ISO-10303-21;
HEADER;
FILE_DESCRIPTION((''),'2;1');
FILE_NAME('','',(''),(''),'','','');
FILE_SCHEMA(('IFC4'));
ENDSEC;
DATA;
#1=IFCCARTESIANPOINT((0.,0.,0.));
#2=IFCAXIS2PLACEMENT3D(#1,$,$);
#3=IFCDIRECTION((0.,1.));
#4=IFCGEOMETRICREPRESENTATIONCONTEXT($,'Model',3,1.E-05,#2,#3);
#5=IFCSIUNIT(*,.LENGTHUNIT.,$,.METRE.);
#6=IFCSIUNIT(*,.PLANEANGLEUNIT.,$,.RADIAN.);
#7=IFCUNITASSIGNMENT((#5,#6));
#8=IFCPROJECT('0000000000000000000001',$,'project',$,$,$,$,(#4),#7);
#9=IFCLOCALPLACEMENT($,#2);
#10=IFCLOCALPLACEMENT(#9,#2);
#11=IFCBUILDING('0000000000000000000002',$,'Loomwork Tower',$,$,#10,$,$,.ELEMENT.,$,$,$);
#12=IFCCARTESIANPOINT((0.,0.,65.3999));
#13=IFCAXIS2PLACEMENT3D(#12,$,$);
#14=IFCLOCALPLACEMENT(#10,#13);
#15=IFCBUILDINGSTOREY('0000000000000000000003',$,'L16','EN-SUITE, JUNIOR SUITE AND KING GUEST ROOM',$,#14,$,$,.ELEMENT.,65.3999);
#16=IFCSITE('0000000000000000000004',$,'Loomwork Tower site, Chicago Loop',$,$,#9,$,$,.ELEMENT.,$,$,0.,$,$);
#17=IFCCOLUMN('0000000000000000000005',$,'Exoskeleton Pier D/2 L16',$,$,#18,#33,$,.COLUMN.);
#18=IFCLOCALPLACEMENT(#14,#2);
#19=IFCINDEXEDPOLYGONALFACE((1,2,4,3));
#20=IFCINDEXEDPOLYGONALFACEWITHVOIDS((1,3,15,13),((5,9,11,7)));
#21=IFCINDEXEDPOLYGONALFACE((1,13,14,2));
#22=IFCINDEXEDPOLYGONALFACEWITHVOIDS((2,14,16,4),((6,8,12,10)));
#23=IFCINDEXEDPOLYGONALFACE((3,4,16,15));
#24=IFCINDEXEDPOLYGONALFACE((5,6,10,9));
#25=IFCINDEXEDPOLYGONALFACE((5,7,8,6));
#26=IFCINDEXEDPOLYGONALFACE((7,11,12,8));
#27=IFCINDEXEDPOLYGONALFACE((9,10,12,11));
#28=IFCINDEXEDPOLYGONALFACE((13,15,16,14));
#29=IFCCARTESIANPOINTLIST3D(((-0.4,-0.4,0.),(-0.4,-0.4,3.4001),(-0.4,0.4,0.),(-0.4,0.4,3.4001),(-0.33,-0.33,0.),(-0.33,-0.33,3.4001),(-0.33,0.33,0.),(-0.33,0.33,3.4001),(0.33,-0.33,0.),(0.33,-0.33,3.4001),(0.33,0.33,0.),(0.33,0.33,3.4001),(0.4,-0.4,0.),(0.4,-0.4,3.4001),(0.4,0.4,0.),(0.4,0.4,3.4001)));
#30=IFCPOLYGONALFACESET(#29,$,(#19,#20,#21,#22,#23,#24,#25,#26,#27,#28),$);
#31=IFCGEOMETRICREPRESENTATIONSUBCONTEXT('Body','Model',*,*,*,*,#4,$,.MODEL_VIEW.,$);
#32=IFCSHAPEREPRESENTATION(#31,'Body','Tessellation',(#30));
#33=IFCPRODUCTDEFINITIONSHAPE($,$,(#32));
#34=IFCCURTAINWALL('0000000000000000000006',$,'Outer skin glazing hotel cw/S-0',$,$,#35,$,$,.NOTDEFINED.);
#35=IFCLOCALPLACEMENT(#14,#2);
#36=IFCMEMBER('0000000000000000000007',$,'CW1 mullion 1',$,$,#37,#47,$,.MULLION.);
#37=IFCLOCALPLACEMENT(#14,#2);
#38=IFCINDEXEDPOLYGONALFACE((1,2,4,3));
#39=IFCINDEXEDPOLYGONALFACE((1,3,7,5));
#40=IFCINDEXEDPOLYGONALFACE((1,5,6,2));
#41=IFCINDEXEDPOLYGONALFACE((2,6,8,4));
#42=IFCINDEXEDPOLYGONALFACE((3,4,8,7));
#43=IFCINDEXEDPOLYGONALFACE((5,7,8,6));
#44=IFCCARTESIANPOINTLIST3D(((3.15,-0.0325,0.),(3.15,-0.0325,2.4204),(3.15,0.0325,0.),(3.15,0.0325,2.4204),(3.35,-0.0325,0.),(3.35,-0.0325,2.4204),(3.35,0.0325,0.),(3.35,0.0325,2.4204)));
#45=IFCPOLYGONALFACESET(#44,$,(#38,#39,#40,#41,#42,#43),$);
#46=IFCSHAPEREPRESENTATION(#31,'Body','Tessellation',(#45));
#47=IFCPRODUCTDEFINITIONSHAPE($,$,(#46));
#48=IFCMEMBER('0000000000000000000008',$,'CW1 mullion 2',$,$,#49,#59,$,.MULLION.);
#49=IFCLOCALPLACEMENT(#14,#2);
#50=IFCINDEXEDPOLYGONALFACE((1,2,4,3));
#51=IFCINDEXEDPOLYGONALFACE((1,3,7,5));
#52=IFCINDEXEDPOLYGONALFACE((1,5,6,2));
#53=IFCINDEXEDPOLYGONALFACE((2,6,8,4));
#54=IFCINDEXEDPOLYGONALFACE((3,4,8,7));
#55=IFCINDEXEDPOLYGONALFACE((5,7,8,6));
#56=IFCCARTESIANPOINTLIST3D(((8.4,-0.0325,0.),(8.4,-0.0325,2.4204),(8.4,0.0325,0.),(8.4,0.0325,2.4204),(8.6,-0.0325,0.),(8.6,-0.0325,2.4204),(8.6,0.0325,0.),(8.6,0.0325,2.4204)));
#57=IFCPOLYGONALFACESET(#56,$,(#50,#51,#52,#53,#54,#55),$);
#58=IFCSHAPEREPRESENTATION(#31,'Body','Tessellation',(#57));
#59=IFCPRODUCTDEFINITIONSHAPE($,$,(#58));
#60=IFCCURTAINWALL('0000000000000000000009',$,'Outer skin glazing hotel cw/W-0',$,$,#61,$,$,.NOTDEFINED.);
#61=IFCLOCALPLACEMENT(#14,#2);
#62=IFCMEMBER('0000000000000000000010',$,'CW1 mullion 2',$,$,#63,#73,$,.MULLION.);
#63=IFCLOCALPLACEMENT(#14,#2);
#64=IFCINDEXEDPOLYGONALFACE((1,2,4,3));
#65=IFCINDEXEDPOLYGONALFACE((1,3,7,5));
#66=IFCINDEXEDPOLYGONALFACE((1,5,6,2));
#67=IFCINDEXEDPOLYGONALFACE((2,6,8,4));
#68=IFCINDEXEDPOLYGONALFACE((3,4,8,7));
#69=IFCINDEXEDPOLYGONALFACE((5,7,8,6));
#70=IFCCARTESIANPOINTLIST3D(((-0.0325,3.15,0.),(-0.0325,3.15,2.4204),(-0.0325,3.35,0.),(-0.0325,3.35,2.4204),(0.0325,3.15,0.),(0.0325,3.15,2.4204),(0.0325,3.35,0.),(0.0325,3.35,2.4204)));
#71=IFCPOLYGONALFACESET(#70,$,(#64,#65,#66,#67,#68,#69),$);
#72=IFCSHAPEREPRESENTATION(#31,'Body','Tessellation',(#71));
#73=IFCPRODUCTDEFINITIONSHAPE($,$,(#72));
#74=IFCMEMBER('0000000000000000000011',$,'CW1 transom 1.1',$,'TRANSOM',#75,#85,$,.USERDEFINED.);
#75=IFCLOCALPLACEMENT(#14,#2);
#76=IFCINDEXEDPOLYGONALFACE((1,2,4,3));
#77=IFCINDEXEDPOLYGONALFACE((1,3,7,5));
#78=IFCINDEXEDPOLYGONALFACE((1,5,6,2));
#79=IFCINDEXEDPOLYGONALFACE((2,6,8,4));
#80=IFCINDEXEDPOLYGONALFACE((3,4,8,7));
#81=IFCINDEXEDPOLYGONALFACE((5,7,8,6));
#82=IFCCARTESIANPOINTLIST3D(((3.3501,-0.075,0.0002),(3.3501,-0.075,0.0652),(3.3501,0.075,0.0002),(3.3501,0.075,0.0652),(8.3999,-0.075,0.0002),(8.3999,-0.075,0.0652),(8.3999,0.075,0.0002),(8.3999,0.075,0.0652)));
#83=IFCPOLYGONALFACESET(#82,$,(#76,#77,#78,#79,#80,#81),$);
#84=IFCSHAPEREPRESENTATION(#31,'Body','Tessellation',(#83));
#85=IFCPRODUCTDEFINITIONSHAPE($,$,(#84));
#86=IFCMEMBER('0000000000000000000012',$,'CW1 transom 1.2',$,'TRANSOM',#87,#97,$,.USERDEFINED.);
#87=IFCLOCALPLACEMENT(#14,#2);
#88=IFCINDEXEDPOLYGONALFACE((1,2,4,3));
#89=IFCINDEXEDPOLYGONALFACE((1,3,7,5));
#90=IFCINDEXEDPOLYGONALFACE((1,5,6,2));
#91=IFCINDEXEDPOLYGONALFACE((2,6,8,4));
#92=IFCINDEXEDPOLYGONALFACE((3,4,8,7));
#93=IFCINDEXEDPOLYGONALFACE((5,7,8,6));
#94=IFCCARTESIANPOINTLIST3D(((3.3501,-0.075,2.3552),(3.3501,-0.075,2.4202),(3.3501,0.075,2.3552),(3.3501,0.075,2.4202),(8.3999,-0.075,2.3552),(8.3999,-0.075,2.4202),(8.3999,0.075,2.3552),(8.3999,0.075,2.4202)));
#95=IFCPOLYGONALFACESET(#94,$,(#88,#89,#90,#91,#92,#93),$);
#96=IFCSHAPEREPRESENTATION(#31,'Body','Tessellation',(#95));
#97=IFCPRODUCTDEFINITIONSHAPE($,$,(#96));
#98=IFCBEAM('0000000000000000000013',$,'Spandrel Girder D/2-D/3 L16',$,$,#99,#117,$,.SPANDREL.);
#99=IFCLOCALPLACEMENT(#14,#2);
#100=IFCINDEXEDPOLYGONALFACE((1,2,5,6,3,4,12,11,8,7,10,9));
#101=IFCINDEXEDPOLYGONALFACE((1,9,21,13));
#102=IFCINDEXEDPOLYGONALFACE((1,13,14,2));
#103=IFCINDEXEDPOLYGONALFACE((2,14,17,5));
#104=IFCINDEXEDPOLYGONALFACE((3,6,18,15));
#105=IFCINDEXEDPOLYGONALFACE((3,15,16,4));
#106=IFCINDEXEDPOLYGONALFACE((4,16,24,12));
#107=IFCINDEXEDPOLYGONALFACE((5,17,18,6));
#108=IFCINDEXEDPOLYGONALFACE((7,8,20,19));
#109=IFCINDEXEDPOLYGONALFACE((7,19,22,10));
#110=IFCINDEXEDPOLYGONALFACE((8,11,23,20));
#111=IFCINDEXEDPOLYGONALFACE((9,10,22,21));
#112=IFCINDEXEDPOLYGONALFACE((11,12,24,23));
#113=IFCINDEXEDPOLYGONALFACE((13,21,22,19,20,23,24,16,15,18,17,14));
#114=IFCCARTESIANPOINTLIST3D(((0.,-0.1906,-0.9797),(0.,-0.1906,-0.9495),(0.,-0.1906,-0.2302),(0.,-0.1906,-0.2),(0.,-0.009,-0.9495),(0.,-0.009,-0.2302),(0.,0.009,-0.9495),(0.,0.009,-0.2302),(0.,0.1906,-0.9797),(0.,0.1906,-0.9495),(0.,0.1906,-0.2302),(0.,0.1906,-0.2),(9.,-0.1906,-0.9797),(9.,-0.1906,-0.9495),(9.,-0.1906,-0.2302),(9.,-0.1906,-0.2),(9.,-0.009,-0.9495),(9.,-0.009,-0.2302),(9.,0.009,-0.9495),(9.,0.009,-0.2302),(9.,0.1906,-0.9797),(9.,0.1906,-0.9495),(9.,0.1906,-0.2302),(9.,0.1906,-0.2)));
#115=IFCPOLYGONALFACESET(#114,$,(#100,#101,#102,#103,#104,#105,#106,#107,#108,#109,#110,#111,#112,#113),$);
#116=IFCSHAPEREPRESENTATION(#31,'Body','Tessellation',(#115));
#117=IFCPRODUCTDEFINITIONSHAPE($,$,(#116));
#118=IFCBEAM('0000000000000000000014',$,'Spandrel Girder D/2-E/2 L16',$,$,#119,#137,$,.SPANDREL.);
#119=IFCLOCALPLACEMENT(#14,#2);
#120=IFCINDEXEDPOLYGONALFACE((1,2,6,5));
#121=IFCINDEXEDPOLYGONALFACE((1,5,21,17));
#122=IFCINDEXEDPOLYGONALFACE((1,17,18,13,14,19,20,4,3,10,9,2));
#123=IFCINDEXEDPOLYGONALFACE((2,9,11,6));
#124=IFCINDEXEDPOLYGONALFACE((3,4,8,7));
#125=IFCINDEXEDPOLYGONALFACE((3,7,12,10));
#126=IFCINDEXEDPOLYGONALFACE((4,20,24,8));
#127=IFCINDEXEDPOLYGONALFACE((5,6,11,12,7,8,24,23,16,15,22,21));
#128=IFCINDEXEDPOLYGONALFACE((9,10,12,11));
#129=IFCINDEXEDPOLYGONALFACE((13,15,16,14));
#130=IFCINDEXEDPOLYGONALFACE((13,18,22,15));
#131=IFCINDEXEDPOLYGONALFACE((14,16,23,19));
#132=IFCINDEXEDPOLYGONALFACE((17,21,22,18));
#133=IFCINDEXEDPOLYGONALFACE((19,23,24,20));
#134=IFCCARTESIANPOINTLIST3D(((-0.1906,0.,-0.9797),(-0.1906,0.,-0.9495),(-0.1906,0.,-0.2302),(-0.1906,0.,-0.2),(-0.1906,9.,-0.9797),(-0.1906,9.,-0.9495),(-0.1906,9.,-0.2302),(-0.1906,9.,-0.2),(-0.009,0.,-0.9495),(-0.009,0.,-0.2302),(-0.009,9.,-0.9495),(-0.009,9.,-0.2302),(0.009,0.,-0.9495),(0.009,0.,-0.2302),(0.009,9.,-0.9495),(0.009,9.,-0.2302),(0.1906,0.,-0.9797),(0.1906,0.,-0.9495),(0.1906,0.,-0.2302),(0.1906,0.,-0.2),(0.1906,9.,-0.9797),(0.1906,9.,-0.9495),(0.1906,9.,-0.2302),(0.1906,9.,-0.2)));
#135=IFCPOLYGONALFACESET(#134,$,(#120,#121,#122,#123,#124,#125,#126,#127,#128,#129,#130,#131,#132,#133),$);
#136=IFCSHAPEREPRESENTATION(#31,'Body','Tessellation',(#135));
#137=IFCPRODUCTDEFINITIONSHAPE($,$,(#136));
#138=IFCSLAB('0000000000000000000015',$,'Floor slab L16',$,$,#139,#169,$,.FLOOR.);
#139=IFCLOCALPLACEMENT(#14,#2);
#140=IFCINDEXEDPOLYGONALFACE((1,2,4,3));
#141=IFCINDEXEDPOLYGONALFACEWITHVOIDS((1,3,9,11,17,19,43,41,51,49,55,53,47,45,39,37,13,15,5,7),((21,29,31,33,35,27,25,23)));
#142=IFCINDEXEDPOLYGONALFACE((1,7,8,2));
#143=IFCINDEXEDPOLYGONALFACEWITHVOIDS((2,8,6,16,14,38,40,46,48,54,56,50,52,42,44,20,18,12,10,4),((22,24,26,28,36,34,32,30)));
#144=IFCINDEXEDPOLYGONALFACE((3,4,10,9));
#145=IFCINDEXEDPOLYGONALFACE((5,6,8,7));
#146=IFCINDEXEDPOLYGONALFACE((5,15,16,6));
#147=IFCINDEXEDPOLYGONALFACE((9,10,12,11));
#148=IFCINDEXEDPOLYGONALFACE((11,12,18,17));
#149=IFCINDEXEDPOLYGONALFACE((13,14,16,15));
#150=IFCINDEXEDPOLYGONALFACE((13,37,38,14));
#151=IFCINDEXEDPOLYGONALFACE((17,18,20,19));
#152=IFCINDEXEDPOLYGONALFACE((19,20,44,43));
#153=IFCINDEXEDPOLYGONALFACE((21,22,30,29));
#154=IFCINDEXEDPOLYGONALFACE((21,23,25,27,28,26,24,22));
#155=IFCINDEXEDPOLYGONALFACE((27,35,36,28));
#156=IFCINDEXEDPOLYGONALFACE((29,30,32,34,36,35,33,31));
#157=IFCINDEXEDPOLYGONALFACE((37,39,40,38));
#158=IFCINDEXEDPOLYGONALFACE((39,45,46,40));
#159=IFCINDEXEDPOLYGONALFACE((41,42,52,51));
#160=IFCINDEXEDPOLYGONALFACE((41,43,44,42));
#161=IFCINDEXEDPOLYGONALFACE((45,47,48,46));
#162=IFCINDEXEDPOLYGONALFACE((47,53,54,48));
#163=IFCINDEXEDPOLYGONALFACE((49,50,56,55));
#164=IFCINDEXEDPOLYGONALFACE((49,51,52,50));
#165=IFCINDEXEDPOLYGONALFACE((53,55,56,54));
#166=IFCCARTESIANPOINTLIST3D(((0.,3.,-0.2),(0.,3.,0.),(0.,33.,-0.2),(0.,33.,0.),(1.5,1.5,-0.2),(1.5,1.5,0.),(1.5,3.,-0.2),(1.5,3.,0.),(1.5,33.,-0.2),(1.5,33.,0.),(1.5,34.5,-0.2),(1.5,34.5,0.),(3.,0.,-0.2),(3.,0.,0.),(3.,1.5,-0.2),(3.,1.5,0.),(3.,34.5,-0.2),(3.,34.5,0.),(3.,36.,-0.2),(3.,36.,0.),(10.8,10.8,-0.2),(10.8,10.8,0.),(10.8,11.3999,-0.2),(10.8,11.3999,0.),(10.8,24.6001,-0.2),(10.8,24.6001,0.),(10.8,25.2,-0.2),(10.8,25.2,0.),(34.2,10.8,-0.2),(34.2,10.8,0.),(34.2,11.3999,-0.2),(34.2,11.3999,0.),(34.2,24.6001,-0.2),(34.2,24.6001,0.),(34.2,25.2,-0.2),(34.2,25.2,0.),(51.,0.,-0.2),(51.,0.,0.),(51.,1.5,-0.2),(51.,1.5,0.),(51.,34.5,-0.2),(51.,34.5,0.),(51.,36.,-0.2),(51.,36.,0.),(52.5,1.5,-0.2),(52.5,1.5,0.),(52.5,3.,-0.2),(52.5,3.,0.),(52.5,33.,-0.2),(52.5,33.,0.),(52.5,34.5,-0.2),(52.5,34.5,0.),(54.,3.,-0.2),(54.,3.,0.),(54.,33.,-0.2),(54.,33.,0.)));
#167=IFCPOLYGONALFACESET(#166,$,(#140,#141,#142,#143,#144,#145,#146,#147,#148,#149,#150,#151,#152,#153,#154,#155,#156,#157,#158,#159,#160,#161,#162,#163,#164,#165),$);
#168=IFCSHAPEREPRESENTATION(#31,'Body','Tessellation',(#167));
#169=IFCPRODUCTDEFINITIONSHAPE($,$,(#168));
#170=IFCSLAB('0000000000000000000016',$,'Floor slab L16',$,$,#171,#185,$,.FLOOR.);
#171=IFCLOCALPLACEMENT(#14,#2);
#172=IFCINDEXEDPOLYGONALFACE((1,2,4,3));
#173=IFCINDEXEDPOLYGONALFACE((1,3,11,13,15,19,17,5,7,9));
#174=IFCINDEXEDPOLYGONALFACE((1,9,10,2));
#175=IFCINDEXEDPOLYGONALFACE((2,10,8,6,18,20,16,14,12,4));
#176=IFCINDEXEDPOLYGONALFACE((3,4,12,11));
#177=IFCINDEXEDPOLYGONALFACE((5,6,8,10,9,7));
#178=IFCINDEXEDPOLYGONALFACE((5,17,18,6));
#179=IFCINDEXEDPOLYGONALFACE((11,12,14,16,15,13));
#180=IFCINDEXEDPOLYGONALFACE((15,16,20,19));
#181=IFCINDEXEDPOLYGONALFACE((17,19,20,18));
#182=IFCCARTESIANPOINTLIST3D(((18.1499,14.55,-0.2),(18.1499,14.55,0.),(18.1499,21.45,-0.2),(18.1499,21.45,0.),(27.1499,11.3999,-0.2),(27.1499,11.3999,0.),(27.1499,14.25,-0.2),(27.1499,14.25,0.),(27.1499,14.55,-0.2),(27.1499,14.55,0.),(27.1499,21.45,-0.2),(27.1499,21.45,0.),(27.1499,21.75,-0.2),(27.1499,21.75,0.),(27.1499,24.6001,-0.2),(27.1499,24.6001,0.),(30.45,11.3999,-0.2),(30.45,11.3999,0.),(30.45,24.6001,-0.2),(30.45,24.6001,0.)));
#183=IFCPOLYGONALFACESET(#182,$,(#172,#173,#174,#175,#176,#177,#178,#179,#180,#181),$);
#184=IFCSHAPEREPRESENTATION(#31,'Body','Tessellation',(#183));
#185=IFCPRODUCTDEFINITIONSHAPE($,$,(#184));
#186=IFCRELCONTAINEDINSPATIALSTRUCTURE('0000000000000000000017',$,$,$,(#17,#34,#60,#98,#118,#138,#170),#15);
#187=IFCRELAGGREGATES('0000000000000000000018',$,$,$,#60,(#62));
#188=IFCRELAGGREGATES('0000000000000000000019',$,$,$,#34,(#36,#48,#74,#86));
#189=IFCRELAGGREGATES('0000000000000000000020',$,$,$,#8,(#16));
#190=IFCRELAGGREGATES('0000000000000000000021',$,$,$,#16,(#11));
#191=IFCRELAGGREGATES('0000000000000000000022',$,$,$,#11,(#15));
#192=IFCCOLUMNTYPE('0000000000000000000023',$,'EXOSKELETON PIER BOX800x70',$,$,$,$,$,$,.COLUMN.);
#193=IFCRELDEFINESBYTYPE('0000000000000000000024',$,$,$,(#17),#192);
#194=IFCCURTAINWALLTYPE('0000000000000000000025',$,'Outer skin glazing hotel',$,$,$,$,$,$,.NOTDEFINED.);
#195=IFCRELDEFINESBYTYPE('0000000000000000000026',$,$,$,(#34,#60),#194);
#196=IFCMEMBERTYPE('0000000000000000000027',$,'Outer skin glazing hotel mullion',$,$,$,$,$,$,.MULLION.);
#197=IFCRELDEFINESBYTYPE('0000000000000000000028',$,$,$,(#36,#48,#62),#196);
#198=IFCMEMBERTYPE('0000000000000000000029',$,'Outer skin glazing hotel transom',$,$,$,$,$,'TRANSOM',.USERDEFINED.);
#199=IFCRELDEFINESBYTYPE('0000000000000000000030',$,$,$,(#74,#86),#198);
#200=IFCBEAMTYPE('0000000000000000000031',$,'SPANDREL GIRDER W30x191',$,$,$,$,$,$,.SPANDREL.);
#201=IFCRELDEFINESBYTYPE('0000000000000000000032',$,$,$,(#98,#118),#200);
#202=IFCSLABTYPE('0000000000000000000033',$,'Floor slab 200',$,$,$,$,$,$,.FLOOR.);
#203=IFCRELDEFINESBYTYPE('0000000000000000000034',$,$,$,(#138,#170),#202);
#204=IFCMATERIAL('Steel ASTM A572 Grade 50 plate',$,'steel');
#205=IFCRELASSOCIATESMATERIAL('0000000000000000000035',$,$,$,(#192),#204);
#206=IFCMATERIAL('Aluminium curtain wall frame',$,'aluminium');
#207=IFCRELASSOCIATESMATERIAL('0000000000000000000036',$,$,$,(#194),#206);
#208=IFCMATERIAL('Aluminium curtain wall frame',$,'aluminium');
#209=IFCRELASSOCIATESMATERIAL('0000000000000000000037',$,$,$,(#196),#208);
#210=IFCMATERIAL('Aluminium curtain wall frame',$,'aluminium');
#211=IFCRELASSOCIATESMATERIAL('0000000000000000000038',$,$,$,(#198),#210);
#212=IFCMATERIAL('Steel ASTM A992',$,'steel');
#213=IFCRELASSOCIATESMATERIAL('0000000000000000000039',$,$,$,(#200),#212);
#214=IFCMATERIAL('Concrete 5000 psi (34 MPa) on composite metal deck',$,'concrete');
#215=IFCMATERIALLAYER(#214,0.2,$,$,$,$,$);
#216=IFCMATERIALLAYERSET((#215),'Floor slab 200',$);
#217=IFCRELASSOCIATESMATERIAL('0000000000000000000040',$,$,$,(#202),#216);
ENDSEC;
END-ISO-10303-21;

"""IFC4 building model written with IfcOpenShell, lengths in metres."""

from ifc_helpers import new_model, si_unit, direction, frame, origin, origin_with_axes, origin_2d, place, context, subcontext, project, spatial, polyline, rectangle, hollow_rectangle, i_section, outline, extrude, material, layer, layer_set, material_profile, profile_set, type_object, element, aggregate, save


model = new_model("IFC4")

# Units and contexts
model_context = context("Model", 3, precision=1e-05, world=origin(), true_north=direction((0.0, 1.0)))
body_context = subcontext(model_context, "Body", "Model", "MODEL_VIEW")
ifc_project = project(units=[si_unit("LENGTHUNIT", "METRE"), si_unit("PLANEANGLEUNIT", "RADIAN")], contexts=[model_context])

# Site, building, storey
site_placement = place(None, origin())
site = spatial("IfcSite", under=ifc_project, at=site_placement, Name="Loomwork Tower site, Chicago Loop", CompositionType="ELEMENT", RefElevation=0.0)
building_placement = place(site_placement, origin())
building = spatial("IfcBuilding", under=site, at=building_placement, Name="Loomwork Tower", CompositionType="ELEMENT")
storey_placement = place(building_placement, frame((0.0, 0.0, 65.3999)))
storey = spatial("IfcBuildingStorey", under=building, at=storey_placement, Name="L16", Description="EN-SUITE, JUNIOR SUITE AND KING GUEST ROOM", CompositionType="ELEMENT", Elevation=65.3999)

# Column
ifc_material_1 = material(Name="Steel ASTM A572 Grade 50 plate", Category="steel")
ifc_material_profile_1 = material_profile(ifc_material_1, hollow_rectangle(XDim=0.8, YDim=0.8, WallThickness=0.0701, at=origin_2d()), Name="BOX800x70")
ifc_profile_set_1 = profile_set([ifc_material_profile_1], Name="Steel ASTM A572 Grade 50 plate")
column_type = type_object("IfcColumnType", Name="EXOSKELETON PIER BOX800x70", PredefinedType="COLUMN", material=ifc_profile_set_1)
column_placement = place(storey_placement, origin_with_axes())
element("IfcColumn", 1, at=column_placement, inside=storey, type_object=column_type, Name="Exoskeleton Pier D/2 L16", PredefinedType="COLUMN", context=body_context, shape_type="SweptSolid", body=[
    extrude(hollow_rectangle(XDim=0.8, YDim=0.8, WallThickness=0.0701, at=origin_2d()), origin(), (0.0, 0.0, 1.0), 3.4001),
])

# Curtain wall, members
ifc_material_2 = material(Name="Aluminium curtain wall frame", Category="aluminium")
curtain_wall_type = type_object("IfcCurtainWallType", Name="Outer skin glazing hotel", PredefinedType="NOTDEFINED", material=ifc_material_2)
curtain_wall_1_placement = place(storey_placement, origin())
curtain_wall_1 = element("IfcCurtainWall", 2, at=curtain_wall_1_placement, inside=storey, type_object=curtain_wall_type, Name="Outer skin glazing hotel cw/S-0", PredefinedType="NOTDEFINED")
ifc_material_3 = material(Name="Aluminium curtain wall frame", Category="aluminium")
ifc_material_profile_2 = material_profile(ifc_material_3, rectangle(XDim=0.0649, YDim=0.2, at=origin_2d()), Name="AL 65x200")
ifc_profile_set_2 = profile_set([ifc_material_profile_2], Name="Aluminium curtain wall frame")
member_type_1 = type_object("IfcMemberType", Name="Outer skin glazing hotel mullion", PredefinedType="MULLION", material=ifc_profile_set_2)
member_1_placement = place(storey_placement, frame((3.25, 0.0, 0.0), z_axis=(0.0, 0.0, 1.0), x_axis=(0.0, 1.0, 0.0)))
member_1 = element("IfcMember", 3, at=member_1_placement, type_object=member_type_1, Name="CW1 mullion 1", PredefinedType="MULLION", context=body_context, shape_type="SweptSolid", body=[
    extrude(rectangle(XDim=0.0649, YDim=0.2, at=origin_2d()), origin(), (0.0, 0.0, 1.0), 2.4204),
])
member_2_placement = place(storey_placement, frame((8.5, 0.0, 0.0), z_axis=(0.0, 0.0, 1.0), x_axis=(0.0, 1.0, 0.0)))
member_2 = element("IfcMember", 4, at=member_2_placement, type_object=member_type_1, Name="CW1 mullion 2", PredefinedType="MULLION", context=body_context, shape_type="SweptSolid", body=[
    extrude(rectangle(XDim=0.0649, YDim=0.2, at=origin_2d()), origin(), (0.0, 0.0, 1.0), 2.4204),
])

# Curtain wall, member
curtain_wall_2_placement = place(storey_placement, origin())
curtain_wall_2 = element("IfcCurtainWall", 5, at=curtain_wall_2_placement, inside=storey, type_object=curtain_wall_type, Name="Outer skin glazing hotel cw/W-0", PredefinedType="NOTDEFINED")
member_3_placement = place(storey_placement, frame((0.0, 3.25, 0.0), z_axis=(0.0, 0.0, 1.0), x_axis=(1.0, 0.0, 0.0)))
member_3 = element("IfcMember", 6, at=member_3_placement, type_object=member_type_1, Name="CW1 mullion 2", PredefinedType="MULLION", context=body_context, shape_type="SweptSolid", body=[
    extrude(rectangle(XDim=0.0649, YDim=0.2, at=origin_2d()), origin(), (0.0, 0.0, 1.0), 2.4204),
])
aggregate(curtain_wall_2, [member_3])

# Members
ifc_material_4 = material(Name="Aluminium curtain wall frame", Category="aluminium")
ifc_material_profile_3 = material_profile(ifc_material_4, rectangle(XDim=0.1499, YDim=0.0649, at=origin_2d()), Name="AL 65x150")
ifc_profile_set_3 = profile_set([ifc_material_profile_3], Name="Aluminium curtain wall frame")
member_type_2 = type_object("IfcMemberType", Name="Outer skin glazing hotel transom", ElementType="TRANSOM", PredefinedType="USERDEFINED", material=ifc_profile_set_3)
member_4_placement = place(storey_placement, frame((3.3501, 0.0, 0.0327), z_axis=(1.0, 0.0, 0.0), x_axis=(0.0, 1.0, 0.0)))
member_4 = element("IfcMember", 7, at=member_4_placement, type_object=member_type_2, Name="CW1 transom 1.1", ObjectType="TRANSOM", PredefinedType="USERDEFINED", context=body_context, shape_type="SweptSolid", body=[
    extrude(rectangle(XDim=0.1499, YDim=0.0649, at=origin_2d()), origin(), (0.0, 0.0, 1.0), 5.0498),
])
member_5_placement = place(storey_placement, frame((3.3501, 0.0, 2.3877), z_axis=(1.0, 0.0, 0.0), x_axis=(0.0, 1.0, 0.0)))
member_5 = element("IfcMember", 8, at=member_5_placement, type_object=member_type_2, Name="CW1 transom 1.2", ObjectType="TRANSOM", PredefinedType="USERDEFINED", context=body_context, shape_type="SweptSolid", body=[
    extrude(rectangle(XDim=0.1499, YDim=0.0649, at=origin_2d()), origin(), (0.0, 0.0, 1.0), 5.0498),
])

# Beams
ifc_material_5 = material(Name="Steel ASTM A992", Category="steel")
ifc_material_profile_4 = material_profile(ifc_material_5, i_section(OverallWidth=0.3811, OverallDepth=0.7798, WebThickness=0.0181, FlangeThickness=0.0303, at=origin_2d()), Name="W30x191")
ifc_profile_set_4 = profile_set([ifc_material_profile_4], Name="Steel ASTM A992")
beam_type = type_object("IfcBeamType", Name="SPANDREL GIRDER W30x191", PredefinedType="SPANDREL", material=ifc_profile_set_4)
for number, where, z_axis, x_axis, name in (
    (9, (0.0, 0.0, -0.5898), (1.0, 0.0, 0.0), (0.0, 1.0, 0.0), "Spandrel Girder D/2-D/3 L16"),
    (10, (0.0, 0.0, -0.5898), (0.0, 1.0, 0.0), (-1.0, 0.0, 0.0), "Spandrel Girder D/2-E/2 L16"),
):
    element("IfcBeam", number, at=place(storey_placement, frame(where, z_axis=z_axis, x_axis=x_axis)), inside=storey, type_object=beam_type, Name=name, PredefinedType="SPANDREL", context=body_context, shape_type="SweptSolid", body=[
        extrude(i_section(OverallWidth=0.3811, OverallDepth=0.7798, WebThickness=0.0181, FlangeThickness=0.0303, at=origin_2d()), origin(), (0.0, 0.0, 1.0), 9.0),
    ])

# Slabs
ifc_material_6 = material(Name="Concrete 5000 psi (34 MPa) on composite metal deck", Category="concrete")
ifc_layer_1 = layer(ifc_material_6, 0.2)
ifc_layer_set_1 = layer_set([ifc_layer_1], Name="Floor slab 200")
slab_type_1 = type_object("IfcSlabType", Name="Floor slab 200", PredefinedType="FLOOR", material=ifc_layer_set_1)
slab_1_placement = place(storey_placement, frame((0.0, 0.0, -0.2)))
element("IfcSlab", 11, at=slab_1_placement, inside=storey, type_object=slab_type_1, Name="Floor slab L16", PredefinedType="FLOOR", context=body_context, shape_type="SweptSolid", body=[
    extrude(outline(polyline([(3.0, 1.5), (1.5, 1.5), (1.5, 3.0), (0.0, 3.0), (0.0, 33.0), (1.5, 33.0), (1.5, 34.5), (3.0, 34.5), (3.0, 36.0), (51.0, 36.0), (51.0, 34.5), (52.5, 34.5), (52.5, 33.0), (54.0, 33.0), (54.0, 3.0), (52.5, 3.0), (52.5, 1.5), (51.0, 1.5), (51.0, 0.0), (3.0, 0.0), (3.0, 1.5)]), holes=[polyline([(10.8, 11.3999), (10.8, 11.3999), (10.8, 10.8), (34.2, 10.8), (34.2, 11.3999), (34.2, 11.3999), (34.2, 24.6001), (34.2, 25.2), (10.8, 25.2), (10.8, 24.6001), (10.8, 11.3999)])]), origin(), (0.0, 0.0, 1.0), 0.2),
])
slab_2_placement = place(storey_placement, frame((0.0, 0.0, -0.2)))
element("IfcSlab", 12, at=slab_2_placement, inside=storey, type_object=slab_type_1, Name="Floor slab L16", PredefinedType="FLOOR", context=body_context, shape_type="SweptSolid", body=[
    extrude(outline(polyline([(30.45, 24.6001), (30.45, 11.3999), (27.1499, 11.3999), (27.1499, 14.25), (27.1499, 14.55), (18.1499, 14.55), (18.1499, 21.45), (27.1499, 21.45), (27.1499, 21.75), (27.1499, 24.6001), (30.45, 24.6001)])), origin(), (0.0, 0.0, 1.0), 0.2),
])

aggregate(curtain_wall_1, [member_1, member_2, member_4, member_5])

save(model, "model.ifc")
